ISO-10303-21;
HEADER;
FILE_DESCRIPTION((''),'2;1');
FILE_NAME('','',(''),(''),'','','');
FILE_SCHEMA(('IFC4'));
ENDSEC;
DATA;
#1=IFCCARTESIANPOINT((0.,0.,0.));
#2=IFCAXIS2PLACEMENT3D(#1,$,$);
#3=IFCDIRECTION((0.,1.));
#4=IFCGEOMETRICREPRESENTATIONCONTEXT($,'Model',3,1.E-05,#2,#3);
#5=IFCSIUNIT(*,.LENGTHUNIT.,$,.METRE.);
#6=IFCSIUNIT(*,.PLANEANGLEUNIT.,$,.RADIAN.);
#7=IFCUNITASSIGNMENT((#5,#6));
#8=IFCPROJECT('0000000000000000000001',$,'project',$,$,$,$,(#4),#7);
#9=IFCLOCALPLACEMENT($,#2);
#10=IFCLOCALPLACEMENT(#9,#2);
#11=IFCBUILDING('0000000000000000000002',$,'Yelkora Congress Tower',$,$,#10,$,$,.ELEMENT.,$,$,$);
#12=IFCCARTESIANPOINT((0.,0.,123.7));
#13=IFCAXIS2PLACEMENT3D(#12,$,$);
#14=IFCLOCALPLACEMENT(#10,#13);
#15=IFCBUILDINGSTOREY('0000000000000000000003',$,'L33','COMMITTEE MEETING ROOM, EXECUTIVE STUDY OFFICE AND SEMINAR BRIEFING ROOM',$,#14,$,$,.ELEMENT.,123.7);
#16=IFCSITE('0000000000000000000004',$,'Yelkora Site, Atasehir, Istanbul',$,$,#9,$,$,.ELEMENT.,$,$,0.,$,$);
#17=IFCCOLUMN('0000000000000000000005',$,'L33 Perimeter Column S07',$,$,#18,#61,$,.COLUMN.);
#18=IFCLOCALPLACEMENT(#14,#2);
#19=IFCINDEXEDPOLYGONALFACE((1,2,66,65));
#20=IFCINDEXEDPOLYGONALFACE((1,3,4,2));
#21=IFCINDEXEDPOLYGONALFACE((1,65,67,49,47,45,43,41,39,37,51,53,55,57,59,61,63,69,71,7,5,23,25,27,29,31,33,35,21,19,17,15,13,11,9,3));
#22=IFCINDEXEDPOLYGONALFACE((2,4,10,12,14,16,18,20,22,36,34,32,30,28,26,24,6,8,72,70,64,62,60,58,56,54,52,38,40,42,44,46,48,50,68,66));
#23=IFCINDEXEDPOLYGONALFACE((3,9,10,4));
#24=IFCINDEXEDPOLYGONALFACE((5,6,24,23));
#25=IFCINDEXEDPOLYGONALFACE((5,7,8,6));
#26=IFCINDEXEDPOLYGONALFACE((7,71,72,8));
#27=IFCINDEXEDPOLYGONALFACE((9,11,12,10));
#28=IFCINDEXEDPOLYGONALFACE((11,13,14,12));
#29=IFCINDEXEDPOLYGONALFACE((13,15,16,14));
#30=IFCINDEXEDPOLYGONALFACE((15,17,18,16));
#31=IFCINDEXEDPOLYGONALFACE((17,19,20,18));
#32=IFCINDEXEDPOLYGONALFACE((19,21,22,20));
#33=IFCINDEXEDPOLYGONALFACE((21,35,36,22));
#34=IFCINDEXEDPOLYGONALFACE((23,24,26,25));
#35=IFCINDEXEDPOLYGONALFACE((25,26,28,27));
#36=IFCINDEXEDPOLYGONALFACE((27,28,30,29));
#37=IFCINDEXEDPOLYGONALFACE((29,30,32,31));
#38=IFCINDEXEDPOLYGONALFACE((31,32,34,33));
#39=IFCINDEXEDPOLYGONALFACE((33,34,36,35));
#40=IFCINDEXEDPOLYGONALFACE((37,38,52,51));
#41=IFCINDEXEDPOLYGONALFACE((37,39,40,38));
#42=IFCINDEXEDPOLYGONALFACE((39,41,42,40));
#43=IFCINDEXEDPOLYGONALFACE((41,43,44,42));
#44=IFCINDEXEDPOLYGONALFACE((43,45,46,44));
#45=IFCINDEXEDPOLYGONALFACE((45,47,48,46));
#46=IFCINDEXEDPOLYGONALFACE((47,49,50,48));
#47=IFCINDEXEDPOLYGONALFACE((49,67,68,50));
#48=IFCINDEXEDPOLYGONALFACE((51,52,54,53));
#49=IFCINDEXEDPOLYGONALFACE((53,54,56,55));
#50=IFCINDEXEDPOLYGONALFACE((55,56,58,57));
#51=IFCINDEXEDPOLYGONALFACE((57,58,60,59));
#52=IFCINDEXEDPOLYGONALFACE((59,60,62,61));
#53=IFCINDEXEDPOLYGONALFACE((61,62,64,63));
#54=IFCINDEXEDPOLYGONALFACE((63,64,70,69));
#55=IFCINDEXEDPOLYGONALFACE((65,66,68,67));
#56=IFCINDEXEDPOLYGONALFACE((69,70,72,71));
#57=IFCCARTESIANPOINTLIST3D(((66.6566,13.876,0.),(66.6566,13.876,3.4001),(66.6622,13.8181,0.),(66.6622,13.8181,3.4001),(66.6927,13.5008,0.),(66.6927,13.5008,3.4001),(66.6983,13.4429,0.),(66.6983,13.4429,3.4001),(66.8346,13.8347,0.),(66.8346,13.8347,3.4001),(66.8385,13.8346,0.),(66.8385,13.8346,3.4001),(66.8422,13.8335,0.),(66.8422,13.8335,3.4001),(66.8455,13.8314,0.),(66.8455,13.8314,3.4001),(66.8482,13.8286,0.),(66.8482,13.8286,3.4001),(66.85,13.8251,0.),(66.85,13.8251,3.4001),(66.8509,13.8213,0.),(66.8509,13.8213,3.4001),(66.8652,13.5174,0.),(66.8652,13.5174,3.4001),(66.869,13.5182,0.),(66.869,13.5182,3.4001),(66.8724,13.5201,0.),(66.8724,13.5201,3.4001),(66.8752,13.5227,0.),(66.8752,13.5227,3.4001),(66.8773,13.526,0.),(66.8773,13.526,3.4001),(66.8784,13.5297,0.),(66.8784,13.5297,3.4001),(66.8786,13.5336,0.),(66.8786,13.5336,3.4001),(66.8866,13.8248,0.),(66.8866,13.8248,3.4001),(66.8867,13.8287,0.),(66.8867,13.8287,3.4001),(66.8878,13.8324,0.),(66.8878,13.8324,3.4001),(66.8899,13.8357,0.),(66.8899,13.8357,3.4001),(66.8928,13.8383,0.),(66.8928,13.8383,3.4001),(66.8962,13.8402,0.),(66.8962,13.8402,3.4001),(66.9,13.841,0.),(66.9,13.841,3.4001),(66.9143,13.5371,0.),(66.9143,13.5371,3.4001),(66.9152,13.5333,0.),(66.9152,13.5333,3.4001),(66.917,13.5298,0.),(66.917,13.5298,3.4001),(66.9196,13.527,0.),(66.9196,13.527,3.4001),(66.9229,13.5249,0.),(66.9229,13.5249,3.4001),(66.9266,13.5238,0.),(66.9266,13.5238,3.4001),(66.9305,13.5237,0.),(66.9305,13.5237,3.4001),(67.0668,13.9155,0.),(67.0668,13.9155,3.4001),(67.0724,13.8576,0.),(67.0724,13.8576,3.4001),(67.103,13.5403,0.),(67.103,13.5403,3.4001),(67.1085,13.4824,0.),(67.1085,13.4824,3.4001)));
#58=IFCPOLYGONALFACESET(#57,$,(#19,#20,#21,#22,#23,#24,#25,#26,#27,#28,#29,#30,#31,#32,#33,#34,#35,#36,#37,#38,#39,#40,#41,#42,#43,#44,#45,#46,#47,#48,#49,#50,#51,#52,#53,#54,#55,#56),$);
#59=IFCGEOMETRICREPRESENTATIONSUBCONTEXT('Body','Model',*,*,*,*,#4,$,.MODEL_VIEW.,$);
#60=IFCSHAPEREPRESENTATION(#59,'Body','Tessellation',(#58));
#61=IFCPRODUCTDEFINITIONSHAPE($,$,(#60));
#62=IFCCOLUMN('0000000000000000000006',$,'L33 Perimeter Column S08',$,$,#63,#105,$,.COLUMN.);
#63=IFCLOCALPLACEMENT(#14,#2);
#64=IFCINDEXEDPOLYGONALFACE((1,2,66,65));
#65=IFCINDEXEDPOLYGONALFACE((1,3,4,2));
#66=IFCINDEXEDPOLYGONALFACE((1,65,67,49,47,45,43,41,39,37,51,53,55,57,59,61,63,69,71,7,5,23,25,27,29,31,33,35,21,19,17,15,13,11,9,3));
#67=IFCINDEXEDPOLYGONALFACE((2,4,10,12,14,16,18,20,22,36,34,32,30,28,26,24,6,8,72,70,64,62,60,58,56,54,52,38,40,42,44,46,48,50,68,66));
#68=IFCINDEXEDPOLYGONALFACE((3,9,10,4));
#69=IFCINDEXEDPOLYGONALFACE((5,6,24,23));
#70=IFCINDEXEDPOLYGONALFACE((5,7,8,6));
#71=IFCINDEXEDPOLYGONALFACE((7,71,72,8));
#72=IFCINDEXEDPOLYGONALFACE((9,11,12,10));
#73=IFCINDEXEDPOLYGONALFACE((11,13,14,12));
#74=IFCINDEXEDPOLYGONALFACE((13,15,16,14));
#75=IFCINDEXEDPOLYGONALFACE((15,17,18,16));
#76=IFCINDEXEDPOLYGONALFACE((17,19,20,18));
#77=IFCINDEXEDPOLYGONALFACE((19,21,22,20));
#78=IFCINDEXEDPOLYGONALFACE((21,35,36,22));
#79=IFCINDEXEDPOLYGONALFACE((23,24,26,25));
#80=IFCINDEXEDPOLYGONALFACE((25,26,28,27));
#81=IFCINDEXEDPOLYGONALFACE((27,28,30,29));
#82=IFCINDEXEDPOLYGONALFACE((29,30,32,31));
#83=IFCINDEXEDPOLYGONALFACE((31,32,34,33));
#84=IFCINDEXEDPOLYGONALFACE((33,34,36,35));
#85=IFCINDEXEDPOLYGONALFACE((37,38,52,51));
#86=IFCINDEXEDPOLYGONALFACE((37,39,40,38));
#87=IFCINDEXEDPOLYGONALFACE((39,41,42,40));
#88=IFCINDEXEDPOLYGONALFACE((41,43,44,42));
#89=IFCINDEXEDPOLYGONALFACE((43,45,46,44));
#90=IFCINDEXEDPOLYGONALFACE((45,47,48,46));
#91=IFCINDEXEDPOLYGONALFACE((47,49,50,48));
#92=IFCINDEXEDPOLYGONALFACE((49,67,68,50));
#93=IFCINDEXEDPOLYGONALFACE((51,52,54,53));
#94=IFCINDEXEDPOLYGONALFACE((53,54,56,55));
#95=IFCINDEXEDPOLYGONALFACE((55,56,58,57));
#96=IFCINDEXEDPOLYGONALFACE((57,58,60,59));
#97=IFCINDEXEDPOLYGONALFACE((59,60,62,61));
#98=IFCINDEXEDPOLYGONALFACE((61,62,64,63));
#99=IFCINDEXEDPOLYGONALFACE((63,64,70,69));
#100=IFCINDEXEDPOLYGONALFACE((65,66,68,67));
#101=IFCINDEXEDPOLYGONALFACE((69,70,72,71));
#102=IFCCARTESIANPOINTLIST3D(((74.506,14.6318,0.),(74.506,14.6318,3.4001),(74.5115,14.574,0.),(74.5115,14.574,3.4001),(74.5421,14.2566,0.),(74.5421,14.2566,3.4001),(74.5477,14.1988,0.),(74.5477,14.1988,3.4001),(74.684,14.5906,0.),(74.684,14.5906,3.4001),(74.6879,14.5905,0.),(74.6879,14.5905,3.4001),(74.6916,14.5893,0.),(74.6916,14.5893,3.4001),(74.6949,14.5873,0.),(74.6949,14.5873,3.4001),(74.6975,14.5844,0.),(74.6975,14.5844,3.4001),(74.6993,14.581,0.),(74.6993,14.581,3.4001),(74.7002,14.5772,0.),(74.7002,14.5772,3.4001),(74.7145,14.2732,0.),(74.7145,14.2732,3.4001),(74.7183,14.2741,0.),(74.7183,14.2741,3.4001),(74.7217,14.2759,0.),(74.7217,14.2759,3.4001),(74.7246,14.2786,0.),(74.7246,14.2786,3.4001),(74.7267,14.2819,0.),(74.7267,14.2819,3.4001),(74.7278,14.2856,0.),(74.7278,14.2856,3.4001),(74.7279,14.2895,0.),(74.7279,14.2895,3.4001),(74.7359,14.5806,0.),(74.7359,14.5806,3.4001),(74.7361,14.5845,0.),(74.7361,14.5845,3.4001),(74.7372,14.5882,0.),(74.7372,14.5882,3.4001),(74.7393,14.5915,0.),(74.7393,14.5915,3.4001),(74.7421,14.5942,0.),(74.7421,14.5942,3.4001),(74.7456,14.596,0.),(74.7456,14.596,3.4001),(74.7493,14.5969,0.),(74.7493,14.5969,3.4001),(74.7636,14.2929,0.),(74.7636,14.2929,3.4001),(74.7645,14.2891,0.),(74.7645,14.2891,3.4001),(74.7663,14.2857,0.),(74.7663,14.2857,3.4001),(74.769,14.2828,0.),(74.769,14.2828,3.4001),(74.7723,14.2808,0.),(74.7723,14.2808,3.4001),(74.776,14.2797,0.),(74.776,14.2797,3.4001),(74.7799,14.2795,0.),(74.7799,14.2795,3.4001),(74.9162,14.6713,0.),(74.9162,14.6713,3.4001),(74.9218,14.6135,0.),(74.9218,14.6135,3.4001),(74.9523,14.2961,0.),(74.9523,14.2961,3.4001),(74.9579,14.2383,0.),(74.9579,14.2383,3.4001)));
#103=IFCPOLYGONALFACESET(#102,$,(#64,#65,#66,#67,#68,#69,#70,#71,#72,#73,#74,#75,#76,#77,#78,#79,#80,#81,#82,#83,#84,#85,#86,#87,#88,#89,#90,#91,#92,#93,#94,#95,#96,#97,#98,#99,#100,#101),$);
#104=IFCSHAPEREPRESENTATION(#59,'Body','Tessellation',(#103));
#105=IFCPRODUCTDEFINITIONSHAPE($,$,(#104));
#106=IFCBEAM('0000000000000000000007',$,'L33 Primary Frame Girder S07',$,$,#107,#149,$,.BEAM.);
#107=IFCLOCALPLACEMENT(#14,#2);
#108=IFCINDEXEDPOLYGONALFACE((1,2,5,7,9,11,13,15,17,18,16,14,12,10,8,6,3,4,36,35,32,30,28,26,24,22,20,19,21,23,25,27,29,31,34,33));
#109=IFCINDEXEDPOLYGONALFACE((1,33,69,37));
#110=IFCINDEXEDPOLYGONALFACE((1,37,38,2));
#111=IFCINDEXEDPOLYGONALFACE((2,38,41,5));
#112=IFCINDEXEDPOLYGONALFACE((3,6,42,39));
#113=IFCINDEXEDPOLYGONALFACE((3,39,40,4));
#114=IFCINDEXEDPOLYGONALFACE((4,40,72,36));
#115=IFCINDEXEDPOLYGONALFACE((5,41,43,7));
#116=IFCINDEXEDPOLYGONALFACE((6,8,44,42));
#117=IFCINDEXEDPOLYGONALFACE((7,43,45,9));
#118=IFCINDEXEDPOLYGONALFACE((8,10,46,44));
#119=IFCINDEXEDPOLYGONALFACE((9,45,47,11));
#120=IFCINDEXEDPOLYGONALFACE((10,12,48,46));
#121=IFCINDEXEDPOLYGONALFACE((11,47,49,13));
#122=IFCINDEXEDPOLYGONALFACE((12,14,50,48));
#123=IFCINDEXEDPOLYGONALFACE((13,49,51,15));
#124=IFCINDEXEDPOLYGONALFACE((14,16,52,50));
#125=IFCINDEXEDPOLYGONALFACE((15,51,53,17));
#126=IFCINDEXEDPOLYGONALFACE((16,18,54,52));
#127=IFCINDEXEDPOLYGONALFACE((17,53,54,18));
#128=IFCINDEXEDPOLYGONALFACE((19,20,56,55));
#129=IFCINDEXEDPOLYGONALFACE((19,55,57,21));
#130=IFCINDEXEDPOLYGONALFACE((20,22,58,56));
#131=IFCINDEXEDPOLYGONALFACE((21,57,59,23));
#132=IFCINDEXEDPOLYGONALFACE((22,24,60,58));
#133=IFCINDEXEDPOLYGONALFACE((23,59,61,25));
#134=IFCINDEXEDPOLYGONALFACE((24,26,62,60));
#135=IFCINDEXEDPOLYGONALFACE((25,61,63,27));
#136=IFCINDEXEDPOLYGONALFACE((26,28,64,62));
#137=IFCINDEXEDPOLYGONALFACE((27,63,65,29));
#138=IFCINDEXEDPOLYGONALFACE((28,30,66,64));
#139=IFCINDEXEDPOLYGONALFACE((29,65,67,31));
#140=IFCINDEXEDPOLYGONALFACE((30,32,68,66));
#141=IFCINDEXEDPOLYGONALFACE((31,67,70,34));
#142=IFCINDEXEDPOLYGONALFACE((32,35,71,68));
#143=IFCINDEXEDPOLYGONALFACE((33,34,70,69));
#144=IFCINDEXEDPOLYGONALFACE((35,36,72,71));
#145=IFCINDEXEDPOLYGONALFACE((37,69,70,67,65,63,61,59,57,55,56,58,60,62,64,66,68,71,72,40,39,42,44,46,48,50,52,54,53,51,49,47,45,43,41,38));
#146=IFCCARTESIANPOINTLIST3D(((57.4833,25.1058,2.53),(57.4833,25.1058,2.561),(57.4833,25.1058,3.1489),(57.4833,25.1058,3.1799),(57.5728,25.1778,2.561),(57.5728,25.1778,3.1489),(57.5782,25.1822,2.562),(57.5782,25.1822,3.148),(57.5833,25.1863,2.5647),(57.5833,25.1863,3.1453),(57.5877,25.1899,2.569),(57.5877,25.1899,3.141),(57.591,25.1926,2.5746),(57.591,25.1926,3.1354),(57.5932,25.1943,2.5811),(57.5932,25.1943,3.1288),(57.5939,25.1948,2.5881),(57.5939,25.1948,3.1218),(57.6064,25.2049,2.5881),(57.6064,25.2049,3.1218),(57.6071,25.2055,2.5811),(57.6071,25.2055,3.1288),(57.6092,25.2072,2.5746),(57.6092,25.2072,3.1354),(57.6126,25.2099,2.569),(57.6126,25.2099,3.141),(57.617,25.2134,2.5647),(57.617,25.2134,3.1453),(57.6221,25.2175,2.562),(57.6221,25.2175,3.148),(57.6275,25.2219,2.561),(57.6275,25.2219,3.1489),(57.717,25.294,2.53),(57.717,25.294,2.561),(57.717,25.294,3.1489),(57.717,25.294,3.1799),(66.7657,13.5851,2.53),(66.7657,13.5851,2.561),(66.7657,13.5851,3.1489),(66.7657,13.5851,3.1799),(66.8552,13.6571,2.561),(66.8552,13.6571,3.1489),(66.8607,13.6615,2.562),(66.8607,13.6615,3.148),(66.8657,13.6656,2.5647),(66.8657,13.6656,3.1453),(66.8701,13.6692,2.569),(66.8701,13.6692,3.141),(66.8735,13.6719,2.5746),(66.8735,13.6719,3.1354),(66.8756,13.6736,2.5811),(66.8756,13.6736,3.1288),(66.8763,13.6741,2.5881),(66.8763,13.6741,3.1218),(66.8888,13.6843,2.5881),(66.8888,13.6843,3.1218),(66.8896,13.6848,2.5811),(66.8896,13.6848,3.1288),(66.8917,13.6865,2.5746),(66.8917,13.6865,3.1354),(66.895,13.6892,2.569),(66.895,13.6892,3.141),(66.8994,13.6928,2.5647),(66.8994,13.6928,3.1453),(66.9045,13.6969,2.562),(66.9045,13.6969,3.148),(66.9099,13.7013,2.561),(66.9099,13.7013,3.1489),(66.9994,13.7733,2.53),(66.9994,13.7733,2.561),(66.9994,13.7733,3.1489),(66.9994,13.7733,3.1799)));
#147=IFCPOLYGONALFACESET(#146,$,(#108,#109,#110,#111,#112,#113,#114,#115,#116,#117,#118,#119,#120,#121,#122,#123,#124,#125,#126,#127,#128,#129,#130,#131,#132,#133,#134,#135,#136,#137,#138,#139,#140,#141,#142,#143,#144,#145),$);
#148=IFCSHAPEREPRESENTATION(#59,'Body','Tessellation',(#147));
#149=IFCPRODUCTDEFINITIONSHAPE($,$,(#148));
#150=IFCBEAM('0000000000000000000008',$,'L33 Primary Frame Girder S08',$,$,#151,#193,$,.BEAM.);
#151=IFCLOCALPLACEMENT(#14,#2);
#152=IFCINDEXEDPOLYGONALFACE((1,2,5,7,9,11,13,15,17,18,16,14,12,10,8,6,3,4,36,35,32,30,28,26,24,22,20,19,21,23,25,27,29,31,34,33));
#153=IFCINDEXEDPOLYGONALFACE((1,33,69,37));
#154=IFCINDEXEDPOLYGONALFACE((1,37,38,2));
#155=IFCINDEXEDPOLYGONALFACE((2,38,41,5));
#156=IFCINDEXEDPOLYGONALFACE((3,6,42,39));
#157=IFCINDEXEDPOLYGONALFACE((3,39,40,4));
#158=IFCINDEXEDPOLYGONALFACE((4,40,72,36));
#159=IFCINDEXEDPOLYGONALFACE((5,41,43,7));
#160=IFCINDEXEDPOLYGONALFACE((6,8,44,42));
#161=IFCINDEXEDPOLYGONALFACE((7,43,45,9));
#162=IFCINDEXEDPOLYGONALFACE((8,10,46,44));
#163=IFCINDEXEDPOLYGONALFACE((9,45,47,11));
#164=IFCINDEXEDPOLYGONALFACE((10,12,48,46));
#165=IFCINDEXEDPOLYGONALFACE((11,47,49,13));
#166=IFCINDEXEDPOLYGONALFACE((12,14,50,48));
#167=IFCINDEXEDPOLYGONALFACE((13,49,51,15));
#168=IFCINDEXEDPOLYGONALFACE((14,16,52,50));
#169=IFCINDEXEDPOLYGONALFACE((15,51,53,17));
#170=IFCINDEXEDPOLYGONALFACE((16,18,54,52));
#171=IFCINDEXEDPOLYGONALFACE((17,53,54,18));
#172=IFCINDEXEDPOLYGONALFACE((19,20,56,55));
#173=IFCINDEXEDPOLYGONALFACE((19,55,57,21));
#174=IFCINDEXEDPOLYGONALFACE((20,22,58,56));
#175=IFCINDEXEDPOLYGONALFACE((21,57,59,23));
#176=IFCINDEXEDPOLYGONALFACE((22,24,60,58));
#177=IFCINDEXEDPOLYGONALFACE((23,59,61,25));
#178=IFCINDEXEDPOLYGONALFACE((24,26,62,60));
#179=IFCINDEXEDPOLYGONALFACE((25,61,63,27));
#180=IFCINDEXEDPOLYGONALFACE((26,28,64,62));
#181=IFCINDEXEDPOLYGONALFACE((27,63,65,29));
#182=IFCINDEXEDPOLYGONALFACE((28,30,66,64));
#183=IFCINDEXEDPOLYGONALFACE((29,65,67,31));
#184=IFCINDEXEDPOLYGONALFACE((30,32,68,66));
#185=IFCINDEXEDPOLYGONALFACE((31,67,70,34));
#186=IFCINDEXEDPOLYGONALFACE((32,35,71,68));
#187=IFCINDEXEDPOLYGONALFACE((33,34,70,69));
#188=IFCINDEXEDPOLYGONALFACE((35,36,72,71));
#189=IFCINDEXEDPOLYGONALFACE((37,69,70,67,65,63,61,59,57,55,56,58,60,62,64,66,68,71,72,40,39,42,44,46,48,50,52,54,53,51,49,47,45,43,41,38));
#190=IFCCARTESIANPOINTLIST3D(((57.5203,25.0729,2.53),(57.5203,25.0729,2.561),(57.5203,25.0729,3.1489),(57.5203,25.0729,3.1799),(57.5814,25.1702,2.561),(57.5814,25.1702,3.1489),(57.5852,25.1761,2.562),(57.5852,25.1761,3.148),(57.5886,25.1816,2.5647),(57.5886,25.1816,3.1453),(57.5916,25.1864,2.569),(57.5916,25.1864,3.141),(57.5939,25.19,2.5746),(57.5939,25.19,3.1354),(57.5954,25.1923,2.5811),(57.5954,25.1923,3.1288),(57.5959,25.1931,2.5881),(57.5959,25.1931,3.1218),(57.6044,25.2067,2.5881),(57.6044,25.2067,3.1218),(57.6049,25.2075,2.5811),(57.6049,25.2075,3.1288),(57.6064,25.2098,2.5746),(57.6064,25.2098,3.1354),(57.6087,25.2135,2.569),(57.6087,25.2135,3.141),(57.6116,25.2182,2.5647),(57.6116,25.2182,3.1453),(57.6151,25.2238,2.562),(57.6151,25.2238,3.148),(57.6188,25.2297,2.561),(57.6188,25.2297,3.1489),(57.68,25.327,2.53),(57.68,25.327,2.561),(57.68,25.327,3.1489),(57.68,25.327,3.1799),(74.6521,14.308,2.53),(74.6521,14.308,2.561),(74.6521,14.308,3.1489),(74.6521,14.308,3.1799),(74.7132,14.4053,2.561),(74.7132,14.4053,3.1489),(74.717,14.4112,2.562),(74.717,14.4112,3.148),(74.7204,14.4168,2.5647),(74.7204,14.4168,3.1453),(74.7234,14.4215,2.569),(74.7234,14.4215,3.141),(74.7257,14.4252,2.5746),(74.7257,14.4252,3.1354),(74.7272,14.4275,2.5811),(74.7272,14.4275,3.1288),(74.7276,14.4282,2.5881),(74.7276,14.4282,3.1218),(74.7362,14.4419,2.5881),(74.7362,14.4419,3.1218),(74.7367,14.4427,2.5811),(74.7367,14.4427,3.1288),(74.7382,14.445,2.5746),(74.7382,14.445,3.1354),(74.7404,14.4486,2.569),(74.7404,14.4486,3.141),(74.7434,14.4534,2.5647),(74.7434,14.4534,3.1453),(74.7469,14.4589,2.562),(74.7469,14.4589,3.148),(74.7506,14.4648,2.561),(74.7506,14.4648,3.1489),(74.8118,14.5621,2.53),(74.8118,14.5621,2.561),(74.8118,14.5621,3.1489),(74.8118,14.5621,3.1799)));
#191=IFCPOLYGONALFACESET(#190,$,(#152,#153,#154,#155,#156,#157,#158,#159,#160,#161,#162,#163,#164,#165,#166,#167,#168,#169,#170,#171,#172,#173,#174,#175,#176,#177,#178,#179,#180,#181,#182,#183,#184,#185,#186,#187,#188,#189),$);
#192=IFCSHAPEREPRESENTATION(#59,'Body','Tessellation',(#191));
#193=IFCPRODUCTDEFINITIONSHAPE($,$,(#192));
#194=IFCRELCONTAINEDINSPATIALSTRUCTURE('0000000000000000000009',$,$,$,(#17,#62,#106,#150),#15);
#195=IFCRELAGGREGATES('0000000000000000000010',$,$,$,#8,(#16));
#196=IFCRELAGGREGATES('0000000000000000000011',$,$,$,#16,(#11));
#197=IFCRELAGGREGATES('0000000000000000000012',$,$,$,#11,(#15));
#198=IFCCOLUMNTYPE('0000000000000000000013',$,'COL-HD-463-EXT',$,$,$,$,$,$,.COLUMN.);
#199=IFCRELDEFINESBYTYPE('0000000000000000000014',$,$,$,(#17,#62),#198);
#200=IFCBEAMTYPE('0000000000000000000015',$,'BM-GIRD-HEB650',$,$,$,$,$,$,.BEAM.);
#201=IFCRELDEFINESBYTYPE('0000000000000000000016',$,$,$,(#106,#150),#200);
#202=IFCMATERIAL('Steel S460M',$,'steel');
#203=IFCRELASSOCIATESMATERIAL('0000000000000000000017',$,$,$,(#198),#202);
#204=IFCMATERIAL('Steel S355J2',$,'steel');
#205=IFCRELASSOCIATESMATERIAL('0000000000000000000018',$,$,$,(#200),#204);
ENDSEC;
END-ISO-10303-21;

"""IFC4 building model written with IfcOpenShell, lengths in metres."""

from ifc_helpers import new_model, si_unit, direction, frame, origin, origin_2d, place, context, subcontext, project, spatial, i_section, extrude, material, material_profile, profile_set, type_object, element, save


model = new_model("IFC4")

# Units and contexts
model_context = context("Model", 3, precision=1e-05, world=origin(), true_north=direction((0.0, 1.0)))
body_context = subcontext(model_context, "Body", "Model", "MODEL_VIEW")
ifc_project = project(units=[si_unit("LENGTHUNIT", "METRE"), si_unit("PLANEANGLEUNIT", "RADIAN")], contexts=[model_context])

# Site, building, storey
site_placement = place(None, origin())
site = spatial("IfcSite", under=ifc_project, at=site_placement, Name="Yelkora Site, Atasehir, Istanbul", CompositionType="ELEMENT", RefElevation=0.0)
building_placement = place(site_placement, origin())
building = spatial("IfcBuilding", under=site, at=building_placement, Name="Yelkora Congress Tower", CompositionType="ELEMENT")
storey_placement = place(building_placement, frame((0.0, 0.0, 123.7)))
storey = spatial("IfcBuildingStorey", under=building, at=storey_placement, Name="L33", Description="COMMITTEE MEETING ROOM, EXECUTIVE STUDY OFFICE AND SEMINAR BRIEFING ROOM", CompositionType="ELEMENT", Elevation=123.7)

# Columns
ifc_material_1 = material(Name="Steel S460M", Category="steel")
ifc_material_profile_1 = material_profile(ifc_material_1, i_section(OverallWidth=0.4121, OverallDepth=0.4351, WebThickness=0.0359, FlangeThickness=0.0581, FilletRadius=0.0149, at=origin_2d()), Name="HD 400x463")
ifc_profile_set_1 = profile_set([ifc_material_profile_1], Name="Steel S460M")
column_type = type_object("IfcColumnType", Name="COL-HD-463-EXT", PredefinedType="COLUMN", material=ifc_profile_set_1)
for number, where, z_axis, x_axis, name in (
    (1, (66.8826, 13.6792, 0.0), (0.0, 0.0, 1.0), (0.995396, 0.095846, 0.0), "L33 Perimeter Column S07"),
    (2, (74.7319, 14.4351, 0.0), (0.0, 0.0, 1.0), (0.995396, 0.095846, 0.0), "L33 Perimeter Column S08"),
):
    element("IfcColumn", number, at=place(storey_placement, frame(where, z_axis=z_axis, x_axis=x_axis)), inside=storey, type_object=column_type, Name=name, PredefinedType="COLUMN", context=body_context, shape_type="SweptSolid", body=[
        extrude(i_section(OverallWidth=0.4121, OverallDepth=0.4351, WebThickness=0.0359, FlangeThickness=0.0581, FilletRadius=0.0149, at=origin_2d()), origin(), (0.0, 0.0, 1.0), 3.4001),
    ])

# Beams
ifc_material_2 = material(Name="Steel S355J2", Category="steel")
ifc_material_profile_2 = material_profile(ifc_material_2, i_section(OverallWidth=0.3, OverallDepth=0.6499, WebThickness=0.0161, FlangeThickness=0.031, FilletRadius=0.0271, at=origin_2d()), Name="HEB 650")
ifc_profile_set_2 = profile_set([ifc_material_profile_2], Name="Steel S355J2")
beam_type_1 = type_object("IfcBeamType", Name="BM-GIRD-HEB650", PredefinedType="BEAM", material=ifc_profile_set_2)
beam_1_placement = place(storey_placement, frame((66.8826, 13.6792, 2.855), z_axis=(-0.627406, 0.778692, 0.0), x_axis=(-0.778692, -0.627406, 0.0)))
element("IfcBeam", 3, at=beam_1_placement, inside=storey, type_object=beam_type_1, Name="L33 Primary Frame Girder S07", PredefinedType="BEAM", context=body_context, shape_type="SweptSolid", body=[
    extrude(i_section(OverallWidth=0.3, OverallDepth=0.6499, WebThickness=0.0161, FlangeThickness=0.031, FilletRadius=0.0271, at=origin_2d()), origin(), (0.0, 0.0, 1.0), 14.7949),
])
beam_2_placement = place(storey_placement, frame((74.7319, 14.4351, 2.855), z_axis=(-0.846719, 0.532041, 0.0), x_axis=(-0.532041, -0.846719, 0.0)))
element("IfcBeam", 4, at=beam_2_placement, inside=storey, type_object=beam_type_1, Name="L33 Primary Frame Girder S08", PredefinedType="BEAM", context=body_context, shape_type="SweptSolid", body=[
    extrude(i_section(OverallWidth=0.3, OverallDepth=0.6499, WebThickness=0.0161, FlangeThickness=0.031, FilletRadius=0.0271, at=origin_2d()), origin(), (0.0, 0.0, 1.0), 20.2332),
])

save(model, "model.ifc")
